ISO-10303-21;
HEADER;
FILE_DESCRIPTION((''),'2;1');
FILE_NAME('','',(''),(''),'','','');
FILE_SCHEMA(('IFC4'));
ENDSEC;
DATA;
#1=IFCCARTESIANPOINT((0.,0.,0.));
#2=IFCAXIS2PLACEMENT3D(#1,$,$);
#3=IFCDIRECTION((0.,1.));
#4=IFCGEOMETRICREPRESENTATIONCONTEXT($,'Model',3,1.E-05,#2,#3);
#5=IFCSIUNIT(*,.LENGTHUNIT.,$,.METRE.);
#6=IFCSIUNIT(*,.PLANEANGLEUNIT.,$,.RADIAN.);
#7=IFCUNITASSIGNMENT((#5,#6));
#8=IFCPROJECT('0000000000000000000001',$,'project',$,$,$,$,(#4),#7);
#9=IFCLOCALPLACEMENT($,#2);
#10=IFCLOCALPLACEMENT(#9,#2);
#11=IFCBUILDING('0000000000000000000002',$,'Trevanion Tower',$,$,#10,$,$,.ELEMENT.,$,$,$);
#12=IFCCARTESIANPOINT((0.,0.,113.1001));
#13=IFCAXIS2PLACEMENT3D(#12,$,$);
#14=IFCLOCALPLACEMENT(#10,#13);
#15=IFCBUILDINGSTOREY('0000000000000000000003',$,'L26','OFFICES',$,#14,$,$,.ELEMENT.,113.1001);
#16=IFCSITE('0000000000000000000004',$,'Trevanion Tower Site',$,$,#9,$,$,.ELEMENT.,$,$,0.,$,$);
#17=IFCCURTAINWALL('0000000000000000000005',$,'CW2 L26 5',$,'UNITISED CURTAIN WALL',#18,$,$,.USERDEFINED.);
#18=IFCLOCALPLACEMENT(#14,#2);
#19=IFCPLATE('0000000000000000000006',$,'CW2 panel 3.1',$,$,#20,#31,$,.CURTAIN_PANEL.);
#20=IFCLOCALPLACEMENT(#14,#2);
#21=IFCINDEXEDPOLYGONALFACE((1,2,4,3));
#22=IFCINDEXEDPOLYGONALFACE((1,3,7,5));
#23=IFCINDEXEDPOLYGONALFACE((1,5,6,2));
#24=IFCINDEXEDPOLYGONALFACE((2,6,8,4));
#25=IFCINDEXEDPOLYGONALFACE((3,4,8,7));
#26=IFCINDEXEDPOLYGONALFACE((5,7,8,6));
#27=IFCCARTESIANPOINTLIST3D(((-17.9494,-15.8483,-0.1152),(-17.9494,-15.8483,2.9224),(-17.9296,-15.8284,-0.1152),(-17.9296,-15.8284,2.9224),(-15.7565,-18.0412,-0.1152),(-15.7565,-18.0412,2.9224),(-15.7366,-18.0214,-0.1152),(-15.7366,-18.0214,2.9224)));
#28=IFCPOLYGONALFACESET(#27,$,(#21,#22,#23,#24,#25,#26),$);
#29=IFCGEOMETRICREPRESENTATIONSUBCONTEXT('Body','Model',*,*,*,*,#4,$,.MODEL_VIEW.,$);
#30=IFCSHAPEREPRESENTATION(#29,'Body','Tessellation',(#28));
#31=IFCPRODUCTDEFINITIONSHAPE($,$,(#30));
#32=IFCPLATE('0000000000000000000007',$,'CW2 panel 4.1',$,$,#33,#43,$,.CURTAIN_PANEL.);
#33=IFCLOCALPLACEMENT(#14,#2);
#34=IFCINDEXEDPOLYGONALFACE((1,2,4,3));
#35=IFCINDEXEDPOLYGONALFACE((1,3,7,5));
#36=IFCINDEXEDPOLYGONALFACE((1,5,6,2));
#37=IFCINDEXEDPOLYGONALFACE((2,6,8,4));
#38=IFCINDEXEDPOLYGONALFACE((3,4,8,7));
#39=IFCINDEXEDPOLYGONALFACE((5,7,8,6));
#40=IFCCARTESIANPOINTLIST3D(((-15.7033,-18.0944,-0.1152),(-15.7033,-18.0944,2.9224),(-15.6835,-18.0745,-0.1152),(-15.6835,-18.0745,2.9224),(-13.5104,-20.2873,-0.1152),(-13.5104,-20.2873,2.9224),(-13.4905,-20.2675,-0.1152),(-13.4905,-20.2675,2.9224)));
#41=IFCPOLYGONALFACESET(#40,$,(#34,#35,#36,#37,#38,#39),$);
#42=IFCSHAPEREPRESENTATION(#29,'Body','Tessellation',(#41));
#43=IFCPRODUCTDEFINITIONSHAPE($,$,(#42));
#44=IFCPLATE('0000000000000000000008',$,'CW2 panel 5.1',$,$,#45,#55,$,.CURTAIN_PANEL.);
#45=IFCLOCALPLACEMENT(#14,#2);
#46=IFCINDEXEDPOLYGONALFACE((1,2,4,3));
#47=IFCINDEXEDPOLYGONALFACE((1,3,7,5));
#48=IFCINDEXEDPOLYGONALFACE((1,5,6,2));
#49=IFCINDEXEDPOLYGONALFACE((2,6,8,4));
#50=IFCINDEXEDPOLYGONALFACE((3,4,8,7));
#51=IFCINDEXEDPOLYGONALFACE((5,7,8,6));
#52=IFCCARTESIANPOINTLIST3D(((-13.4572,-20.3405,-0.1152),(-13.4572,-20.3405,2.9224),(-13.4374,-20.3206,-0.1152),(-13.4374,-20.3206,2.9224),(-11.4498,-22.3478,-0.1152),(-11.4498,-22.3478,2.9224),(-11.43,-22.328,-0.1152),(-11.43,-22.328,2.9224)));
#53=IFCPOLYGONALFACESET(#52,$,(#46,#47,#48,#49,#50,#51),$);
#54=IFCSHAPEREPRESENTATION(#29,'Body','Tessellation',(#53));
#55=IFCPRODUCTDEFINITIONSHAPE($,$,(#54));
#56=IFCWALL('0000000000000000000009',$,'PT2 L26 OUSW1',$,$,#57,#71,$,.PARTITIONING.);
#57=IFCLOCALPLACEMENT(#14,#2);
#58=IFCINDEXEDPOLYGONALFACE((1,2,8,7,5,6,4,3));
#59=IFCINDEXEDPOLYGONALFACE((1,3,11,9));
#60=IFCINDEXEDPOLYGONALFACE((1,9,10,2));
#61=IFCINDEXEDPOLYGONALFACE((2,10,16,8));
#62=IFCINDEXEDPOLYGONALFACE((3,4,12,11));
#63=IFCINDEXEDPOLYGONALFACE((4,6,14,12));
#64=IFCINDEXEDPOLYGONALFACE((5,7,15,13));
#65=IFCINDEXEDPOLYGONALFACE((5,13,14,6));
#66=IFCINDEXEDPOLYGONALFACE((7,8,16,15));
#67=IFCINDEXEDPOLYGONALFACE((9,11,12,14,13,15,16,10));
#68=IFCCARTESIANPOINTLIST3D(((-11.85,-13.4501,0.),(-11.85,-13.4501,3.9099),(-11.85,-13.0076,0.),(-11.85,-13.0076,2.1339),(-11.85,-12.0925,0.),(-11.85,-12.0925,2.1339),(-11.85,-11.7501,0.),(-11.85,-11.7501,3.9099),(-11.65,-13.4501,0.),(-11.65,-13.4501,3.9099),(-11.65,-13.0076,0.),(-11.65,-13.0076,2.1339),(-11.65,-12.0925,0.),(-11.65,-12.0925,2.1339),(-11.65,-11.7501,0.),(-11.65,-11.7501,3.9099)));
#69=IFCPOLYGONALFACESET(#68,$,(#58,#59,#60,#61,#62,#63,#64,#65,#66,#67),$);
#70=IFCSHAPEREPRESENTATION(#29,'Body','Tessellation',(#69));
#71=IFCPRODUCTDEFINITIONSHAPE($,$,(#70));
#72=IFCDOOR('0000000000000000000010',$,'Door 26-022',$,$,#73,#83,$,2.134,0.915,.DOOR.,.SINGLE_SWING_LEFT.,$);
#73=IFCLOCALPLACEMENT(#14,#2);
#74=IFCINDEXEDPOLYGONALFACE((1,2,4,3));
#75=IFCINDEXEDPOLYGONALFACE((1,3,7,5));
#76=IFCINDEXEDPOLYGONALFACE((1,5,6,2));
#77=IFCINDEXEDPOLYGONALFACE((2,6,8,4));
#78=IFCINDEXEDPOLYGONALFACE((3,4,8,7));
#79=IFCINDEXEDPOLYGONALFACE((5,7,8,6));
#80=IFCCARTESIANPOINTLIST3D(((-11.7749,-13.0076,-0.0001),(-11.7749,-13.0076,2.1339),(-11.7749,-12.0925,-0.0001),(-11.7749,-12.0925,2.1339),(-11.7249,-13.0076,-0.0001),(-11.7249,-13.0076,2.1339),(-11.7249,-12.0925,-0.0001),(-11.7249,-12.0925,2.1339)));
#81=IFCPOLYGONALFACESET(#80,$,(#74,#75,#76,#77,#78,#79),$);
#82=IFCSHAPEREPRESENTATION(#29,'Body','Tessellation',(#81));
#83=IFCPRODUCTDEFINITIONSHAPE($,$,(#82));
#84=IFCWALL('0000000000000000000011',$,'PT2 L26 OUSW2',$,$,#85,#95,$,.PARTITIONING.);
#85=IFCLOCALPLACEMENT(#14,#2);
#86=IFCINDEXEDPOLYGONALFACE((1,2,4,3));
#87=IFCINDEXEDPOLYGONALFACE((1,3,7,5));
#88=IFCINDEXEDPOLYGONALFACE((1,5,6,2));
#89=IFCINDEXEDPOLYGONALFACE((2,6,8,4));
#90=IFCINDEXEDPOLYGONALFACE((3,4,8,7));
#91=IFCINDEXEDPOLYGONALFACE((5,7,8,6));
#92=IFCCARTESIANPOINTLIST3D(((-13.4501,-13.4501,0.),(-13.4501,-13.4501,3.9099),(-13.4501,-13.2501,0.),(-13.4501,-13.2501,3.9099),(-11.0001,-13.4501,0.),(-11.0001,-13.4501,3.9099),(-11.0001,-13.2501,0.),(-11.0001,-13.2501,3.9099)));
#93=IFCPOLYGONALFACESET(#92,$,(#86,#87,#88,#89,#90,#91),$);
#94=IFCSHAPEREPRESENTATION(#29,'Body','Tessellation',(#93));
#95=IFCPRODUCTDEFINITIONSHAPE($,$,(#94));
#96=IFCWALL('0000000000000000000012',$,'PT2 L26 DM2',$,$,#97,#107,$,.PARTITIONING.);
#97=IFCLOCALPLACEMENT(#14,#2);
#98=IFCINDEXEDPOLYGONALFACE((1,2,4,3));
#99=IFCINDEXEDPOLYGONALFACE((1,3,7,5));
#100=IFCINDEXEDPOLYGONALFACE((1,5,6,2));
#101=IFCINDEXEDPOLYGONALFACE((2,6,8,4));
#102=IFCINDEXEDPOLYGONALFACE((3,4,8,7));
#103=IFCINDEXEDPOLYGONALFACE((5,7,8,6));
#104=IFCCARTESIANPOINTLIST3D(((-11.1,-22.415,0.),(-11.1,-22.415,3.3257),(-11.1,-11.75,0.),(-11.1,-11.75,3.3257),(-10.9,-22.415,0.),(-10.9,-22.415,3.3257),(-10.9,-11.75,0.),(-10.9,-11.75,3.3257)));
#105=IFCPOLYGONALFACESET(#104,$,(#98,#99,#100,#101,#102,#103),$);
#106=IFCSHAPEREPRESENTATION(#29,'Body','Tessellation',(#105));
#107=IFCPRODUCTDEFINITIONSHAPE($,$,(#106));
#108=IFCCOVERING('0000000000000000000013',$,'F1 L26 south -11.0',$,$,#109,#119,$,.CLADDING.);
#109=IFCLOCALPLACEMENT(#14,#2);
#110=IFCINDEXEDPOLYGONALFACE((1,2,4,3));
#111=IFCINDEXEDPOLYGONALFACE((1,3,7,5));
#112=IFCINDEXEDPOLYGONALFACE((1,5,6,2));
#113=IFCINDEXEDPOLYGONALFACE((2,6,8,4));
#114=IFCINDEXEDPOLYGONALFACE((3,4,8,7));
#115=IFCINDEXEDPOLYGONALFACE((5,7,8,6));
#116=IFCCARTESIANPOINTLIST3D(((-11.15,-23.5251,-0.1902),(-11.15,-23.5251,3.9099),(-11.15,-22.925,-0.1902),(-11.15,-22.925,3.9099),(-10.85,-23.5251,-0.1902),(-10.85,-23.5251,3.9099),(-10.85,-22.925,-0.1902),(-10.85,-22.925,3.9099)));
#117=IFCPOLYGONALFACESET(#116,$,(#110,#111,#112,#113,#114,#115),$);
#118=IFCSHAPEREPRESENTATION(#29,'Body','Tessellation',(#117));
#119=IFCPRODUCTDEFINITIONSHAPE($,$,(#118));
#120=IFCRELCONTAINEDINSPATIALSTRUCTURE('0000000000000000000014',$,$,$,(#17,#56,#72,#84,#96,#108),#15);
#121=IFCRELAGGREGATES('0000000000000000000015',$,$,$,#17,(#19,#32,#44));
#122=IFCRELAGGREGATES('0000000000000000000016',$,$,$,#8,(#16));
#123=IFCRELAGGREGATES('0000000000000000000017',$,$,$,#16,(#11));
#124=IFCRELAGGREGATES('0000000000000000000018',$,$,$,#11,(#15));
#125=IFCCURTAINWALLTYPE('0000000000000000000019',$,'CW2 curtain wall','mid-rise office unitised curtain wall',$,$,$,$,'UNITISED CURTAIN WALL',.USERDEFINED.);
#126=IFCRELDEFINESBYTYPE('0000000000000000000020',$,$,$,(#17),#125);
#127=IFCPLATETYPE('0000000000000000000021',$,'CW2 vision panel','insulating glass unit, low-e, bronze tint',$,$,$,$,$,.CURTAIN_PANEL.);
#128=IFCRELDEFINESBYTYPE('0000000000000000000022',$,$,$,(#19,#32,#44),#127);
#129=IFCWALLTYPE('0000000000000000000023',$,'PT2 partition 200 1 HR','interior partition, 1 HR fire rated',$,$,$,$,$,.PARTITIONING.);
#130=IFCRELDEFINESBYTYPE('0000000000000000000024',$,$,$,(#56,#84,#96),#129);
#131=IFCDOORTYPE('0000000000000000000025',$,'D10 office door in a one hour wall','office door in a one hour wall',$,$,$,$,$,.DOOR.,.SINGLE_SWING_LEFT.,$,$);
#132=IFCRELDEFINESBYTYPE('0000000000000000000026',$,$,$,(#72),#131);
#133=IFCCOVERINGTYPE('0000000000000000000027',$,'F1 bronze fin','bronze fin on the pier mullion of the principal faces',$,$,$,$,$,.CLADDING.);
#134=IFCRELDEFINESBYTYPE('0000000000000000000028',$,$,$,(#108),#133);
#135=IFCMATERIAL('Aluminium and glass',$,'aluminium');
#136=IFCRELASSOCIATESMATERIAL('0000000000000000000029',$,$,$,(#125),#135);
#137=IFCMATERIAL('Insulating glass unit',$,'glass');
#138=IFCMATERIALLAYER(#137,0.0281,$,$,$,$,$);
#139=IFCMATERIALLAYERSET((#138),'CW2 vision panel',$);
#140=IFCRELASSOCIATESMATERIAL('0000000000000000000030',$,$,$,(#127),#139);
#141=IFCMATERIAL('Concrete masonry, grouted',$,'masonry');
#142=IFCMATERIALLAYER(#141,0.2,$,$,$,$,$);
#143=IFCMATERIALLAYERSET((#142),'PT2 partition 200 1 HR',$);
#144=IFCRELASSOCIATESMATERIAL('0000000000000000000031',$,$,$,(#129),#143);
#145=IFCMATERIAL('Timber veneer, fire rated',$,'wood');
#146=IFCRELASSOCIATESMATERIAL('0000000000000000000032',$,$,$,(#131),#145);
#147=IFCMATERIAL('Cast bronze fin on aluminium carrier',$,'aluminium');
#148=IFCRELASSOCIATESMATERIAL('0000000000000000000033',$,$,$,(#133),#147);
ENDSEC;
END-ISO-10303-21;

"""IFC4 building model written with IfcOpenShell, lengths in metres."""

from ifc_helpers import new_model, si_unit, direction, frame, frame_2d, origin, origin_2d, place, context, subcontext, project, spatial, rectangle, extrude, material, layer, layer_set, type_object, element, fill, aggregate, save


model = new_model("IFC4")

# Units and contexts
model_context = context("Model", 3, precision=1e-05, world=origin(), true_north=direction((0.0, 1.0)))
body_context = subcontext(model_context, "Body", "Model", "MODEL_VIEW")
ifc_project = project(units=[si_unit("LENGTHUNIT", "METRE"), si_unit("PLANEANGLEUNIT", "RADIAN")], contexts=[model_context])

# Site, building, storey
site_placement = place(None, origin())
site = spatial("IfcSite", under=ifc_project, at=site_placement, Name="Trevanion Tower Site", CompositionType="ELEMENT", RefElevation=0.0)
building_placement = place(site_placement, origin())
building = spatial("IfcBuilding", under=site, at=building_placement, Name="Trevanion Tower", CompositionType="ELEMENT")
storey_placement = place(building_placement, frame((0.0, 0.0, 113.1001)))
storey = spatial("IfcBuildingStorey", under=building, at=storey_placement, Name="L26", Description="OFFICES", CompositionType="ELEMENT", Elevation=113.1001)

# Curtain wall
ifc_material_1 = material(Name="Aluminium and glass", Category="aluminium")
curtain_wall_type = type_object("IfcCurtainWallType", Name="CW2 curtain wall", Description="mid-rise office unitised curtain wall", ElementType="UNITISED CURTAIN WALL", PredefinedType="USERDEFINED", material=ifc_material_1)
curtain_wall_placement = place(storey_placement, origin())
curtain_wall = element("IfcCurtainWall", 1, at=curtain_wall_placement, inside=storey, type_object=curtain_wall_type, Name="CW2 L26 5", ObjectType="UNITISED CURTAIN WALL", PredefinedType="USERDEFINED")

# Plates
ifc_material_2 = material(Name="Insulating glass unit", Category="glass")
ifc_layer_1 = layer(ifc_material_2, 0.0281)
ifc_layer_set_1 = layer_set([ifc_layer_1], Name="CW2 vision panel")
plate_type_1 = type_object("IfcPlateType", Name="CW2 vision panel", Description="insulating glass unit, low-e, bronze tint", PredefinedType="CURTAIN_PANEL", material=ifc_layer_set_1)
plate_1_placement = place(storey_placement, frame((-16.843, -16.9348, -0.1152), z_axis=(0.0, 0.0, 1.0), x_axis=(0.707107, -0.707107, 0.0)))
plate_1 = element("IfcPlate", 2, at=plate_1_placement, type_object=plate_type_1, Name="CW2 panel 3.1", PredefinedType="CURTAIN_PANEL", context=body_context, shape_type="SweptSolid", body=[
    extrude(rectangle(XDim=3.1013, YDim=0.0281, at=origin_2d()), origin(), (0.0, 0.0, 1.0), 3.0376),
])
plate_2_placement = place(storey_placement, frame((-14.5969, -19.1809, -0.1152), z_axis=(0.0, 0.0, 1.0), x_axis=(0.707107, -0.707107, 0.0)))
plate_2 = element("IfcPlate", 3, at=plate_2_placement, type_object=plate_type_1, Name="CW2 panel 4.1", PredefinedType="CURTAIN_PANEL", context=body_context, shape_type="SweptSolid", body=[
    extrude(rectangle(XDim=3.1013, YDim=0.0281, at=origin_2d()), origin(), (0.0, 0.0, 1.0), 3.0376),
])
plate_3_placement = place(storey_placement, frame((-12.4436, -21.3342, -0.1152), z_axis=(0.0, 0.0, 1.0), x_axis=(0.707107, -0.707107, 0.0)))
plate_3 = element("IfcPlate", 4, at=plate_3_placement, type_object=plate_type_1, Name="CW2 panel 5.1", PredefinedType="CURTAIN_PANEL", context=body_context, shape_type="SweptSolid", body=[
    extrude(rectangle(XDim=2.8389, YDim=0.0281, at=origin_2d()), origin(), (0.0, 0.0, 1.0), 3.0376),
])
aggregate(curtain_wall, [plate_1, plate_2, plate_3])

# Wall, opening, door
ifc_material_3 = material(Name="Concrete masonry, grouted", Category="masonry")
ifc_layer_2 = layer(ifc_material_3, 0.2)
ifc_layer_set_2 = layer_set([ifc_layer_2], Name="PT2 partition 200 1 HR")
wall_type = type_object("IfcWallType", Name="PT2 partition 200 1 HR", Description="interior partition, 1 HR fire rated", PredefinedType="PARTITIONING", material=ifc_layer_set_2)
wall_1_placement = place(storey_placement, frame((-11.75, -11.75, 0.0), z_axis=(0.0, 0.0, 1.0), x_axis=(0.0, -1.0, 0.0)))
wall_1 = element("IfcWall", 5, at=wall_1_placement, inside=storey, type_object=wall_type, Name="PT2 L26 OUSW1", PredefinedType="PARTITIONING", context=body_context, shape_type="SweptSolid", body=[
    extrude(rectangle(XDim=1.7, YDim=0.2, at=frame_2d((0.8501, 0.0))), origin(), (0.0, 0.0, 1.0), 3.9099),
])
opening_placement = place(wall_1_placement, frame((0.3425, 0.0, 0.0)))
opening = element("IfcOpeningElement", 6, at=opening_placement, cuts=wall_1, PredefinedType="OPENING", context=body_context, shape_type="SweptSolid", body=[
    extrude(rectangle(XDim=0.915, YDim=2.134, at=frame_2d((0.4575, 1.0669))), frame((0.0, 0.1099, 0.0), z_axis=(0.0, -1.0, 0.0), x_axis=(1.0, 0.0, 0.0)), (0.0, 0.0, 1.0), 0.22),
])
ifc_material_4 = material(Name="Timber veneer, fire rated", Category="wood")
door_type = type_object("IfcDoorType", Name="D10 office door in a one hour wall", Description="office door in a one hour wall", OperationType="SINGLE_SWING_LEFT", PredefinedType="DOOR", material=ifc_material_4)
door_placement = place(opening_placement, frame((0.915, 0.0, 0.0), z_axis=(0.0, 0.0, 1.0), x_axis=(-1.0, 0.0, 0.0)))
door = element("IfcDoor", 7, at=door_placement, inside=storey, type_object=door_type, Name="Door 26-022", OperationType="SINGLE_SWING_LEFT", OverallHeight=2.134, OverallWidth=0.915, PredefinedType="DOOR", context=body_context, shape_type="SweptSolid", body=[
    extrude(rectangle(XDim=0.915, YDim=2.134, at=frame_2d((0.4575, 1.0669))), frame((0.0, 0.0249, 0.0), z_axis=(0.0, -1.0, 0.0), x_axis=(1.0, 0.0, 0.0)), (0.0, 0.0, 1.0), 0.05),
])
fill(opening, door)

# Walls
wall_2_placement = place(storey_placement, frame((-11.0, -13.3501, 0.0), z_axis=(0.0, 0.0, 1.0), x_axis=(-1.0, 0.0, 0.0)))
element("IfcWall", 8, at=wall_2_placement, inside=storey, type_object=wall_type, Name="PT2 L26 OUSW2", PredefinedType="PARTITIONING", context=body_context, shape_type="SweptSolid", body=[
    extrude(rectangle(XDim=2.45, YDim=0.2, at=frame_2d((1.2251, 0.0))), origin(), (0.0, 0.0, 1.0), 3.9099),
])
wall_3_placement = place(storey_placement, frame((-11.0, -11.75, 0.0), z_axis=(0.0, 0.0, 1.0), x_axis=(0.0, -1.0, 0.0)))
element("IfcWall", 9, at=wall_3_placement, inside=storey, type_object=wall_type, Name="PT2 L26 DM2", PredefinedType="PARTITIONING", context=body_context, shape_type="SweptSolid", body=[
    extrude(rectangle(XDim=10.665, YDim=0.2, at=frame_2d((5.3325, 0.0))), origin(), (0.0, 0.0, 1.0), 3.3257),
])

# Covering
ifc_material_5 = material(Name="Cast bronze fin on aluminium carrier", Category="aluminium")
covering_type = type_object("IfcCoveringType", Name="F1 bronze fin", Description="bronze fin on the pier mullion of the principal faces", PredefinedType="CLADDING", material=ifc_material_5)
covering_placement = place(storey_placement, frame((-11.0, -23.2251, -0.1902), z_axis=(0.0, 0.0, 1.0), x_axis=(1.0, 0.0, 0.0)))
element("IfcCovering", 10, at=covering_placement, inside=storey, type_object=covering_type, Name="F1 L26 south -11.0", PredefinedType="CLADDING", context=body_context, shape_type="SweptSolid", body=[
    extrude(rectangle(XDim=0.3, YDim=0.6001, at=origin_2d()), origin(), (0.0, 0.0, 1.0), 4.1001),
])

save(model, "model.ifc")
